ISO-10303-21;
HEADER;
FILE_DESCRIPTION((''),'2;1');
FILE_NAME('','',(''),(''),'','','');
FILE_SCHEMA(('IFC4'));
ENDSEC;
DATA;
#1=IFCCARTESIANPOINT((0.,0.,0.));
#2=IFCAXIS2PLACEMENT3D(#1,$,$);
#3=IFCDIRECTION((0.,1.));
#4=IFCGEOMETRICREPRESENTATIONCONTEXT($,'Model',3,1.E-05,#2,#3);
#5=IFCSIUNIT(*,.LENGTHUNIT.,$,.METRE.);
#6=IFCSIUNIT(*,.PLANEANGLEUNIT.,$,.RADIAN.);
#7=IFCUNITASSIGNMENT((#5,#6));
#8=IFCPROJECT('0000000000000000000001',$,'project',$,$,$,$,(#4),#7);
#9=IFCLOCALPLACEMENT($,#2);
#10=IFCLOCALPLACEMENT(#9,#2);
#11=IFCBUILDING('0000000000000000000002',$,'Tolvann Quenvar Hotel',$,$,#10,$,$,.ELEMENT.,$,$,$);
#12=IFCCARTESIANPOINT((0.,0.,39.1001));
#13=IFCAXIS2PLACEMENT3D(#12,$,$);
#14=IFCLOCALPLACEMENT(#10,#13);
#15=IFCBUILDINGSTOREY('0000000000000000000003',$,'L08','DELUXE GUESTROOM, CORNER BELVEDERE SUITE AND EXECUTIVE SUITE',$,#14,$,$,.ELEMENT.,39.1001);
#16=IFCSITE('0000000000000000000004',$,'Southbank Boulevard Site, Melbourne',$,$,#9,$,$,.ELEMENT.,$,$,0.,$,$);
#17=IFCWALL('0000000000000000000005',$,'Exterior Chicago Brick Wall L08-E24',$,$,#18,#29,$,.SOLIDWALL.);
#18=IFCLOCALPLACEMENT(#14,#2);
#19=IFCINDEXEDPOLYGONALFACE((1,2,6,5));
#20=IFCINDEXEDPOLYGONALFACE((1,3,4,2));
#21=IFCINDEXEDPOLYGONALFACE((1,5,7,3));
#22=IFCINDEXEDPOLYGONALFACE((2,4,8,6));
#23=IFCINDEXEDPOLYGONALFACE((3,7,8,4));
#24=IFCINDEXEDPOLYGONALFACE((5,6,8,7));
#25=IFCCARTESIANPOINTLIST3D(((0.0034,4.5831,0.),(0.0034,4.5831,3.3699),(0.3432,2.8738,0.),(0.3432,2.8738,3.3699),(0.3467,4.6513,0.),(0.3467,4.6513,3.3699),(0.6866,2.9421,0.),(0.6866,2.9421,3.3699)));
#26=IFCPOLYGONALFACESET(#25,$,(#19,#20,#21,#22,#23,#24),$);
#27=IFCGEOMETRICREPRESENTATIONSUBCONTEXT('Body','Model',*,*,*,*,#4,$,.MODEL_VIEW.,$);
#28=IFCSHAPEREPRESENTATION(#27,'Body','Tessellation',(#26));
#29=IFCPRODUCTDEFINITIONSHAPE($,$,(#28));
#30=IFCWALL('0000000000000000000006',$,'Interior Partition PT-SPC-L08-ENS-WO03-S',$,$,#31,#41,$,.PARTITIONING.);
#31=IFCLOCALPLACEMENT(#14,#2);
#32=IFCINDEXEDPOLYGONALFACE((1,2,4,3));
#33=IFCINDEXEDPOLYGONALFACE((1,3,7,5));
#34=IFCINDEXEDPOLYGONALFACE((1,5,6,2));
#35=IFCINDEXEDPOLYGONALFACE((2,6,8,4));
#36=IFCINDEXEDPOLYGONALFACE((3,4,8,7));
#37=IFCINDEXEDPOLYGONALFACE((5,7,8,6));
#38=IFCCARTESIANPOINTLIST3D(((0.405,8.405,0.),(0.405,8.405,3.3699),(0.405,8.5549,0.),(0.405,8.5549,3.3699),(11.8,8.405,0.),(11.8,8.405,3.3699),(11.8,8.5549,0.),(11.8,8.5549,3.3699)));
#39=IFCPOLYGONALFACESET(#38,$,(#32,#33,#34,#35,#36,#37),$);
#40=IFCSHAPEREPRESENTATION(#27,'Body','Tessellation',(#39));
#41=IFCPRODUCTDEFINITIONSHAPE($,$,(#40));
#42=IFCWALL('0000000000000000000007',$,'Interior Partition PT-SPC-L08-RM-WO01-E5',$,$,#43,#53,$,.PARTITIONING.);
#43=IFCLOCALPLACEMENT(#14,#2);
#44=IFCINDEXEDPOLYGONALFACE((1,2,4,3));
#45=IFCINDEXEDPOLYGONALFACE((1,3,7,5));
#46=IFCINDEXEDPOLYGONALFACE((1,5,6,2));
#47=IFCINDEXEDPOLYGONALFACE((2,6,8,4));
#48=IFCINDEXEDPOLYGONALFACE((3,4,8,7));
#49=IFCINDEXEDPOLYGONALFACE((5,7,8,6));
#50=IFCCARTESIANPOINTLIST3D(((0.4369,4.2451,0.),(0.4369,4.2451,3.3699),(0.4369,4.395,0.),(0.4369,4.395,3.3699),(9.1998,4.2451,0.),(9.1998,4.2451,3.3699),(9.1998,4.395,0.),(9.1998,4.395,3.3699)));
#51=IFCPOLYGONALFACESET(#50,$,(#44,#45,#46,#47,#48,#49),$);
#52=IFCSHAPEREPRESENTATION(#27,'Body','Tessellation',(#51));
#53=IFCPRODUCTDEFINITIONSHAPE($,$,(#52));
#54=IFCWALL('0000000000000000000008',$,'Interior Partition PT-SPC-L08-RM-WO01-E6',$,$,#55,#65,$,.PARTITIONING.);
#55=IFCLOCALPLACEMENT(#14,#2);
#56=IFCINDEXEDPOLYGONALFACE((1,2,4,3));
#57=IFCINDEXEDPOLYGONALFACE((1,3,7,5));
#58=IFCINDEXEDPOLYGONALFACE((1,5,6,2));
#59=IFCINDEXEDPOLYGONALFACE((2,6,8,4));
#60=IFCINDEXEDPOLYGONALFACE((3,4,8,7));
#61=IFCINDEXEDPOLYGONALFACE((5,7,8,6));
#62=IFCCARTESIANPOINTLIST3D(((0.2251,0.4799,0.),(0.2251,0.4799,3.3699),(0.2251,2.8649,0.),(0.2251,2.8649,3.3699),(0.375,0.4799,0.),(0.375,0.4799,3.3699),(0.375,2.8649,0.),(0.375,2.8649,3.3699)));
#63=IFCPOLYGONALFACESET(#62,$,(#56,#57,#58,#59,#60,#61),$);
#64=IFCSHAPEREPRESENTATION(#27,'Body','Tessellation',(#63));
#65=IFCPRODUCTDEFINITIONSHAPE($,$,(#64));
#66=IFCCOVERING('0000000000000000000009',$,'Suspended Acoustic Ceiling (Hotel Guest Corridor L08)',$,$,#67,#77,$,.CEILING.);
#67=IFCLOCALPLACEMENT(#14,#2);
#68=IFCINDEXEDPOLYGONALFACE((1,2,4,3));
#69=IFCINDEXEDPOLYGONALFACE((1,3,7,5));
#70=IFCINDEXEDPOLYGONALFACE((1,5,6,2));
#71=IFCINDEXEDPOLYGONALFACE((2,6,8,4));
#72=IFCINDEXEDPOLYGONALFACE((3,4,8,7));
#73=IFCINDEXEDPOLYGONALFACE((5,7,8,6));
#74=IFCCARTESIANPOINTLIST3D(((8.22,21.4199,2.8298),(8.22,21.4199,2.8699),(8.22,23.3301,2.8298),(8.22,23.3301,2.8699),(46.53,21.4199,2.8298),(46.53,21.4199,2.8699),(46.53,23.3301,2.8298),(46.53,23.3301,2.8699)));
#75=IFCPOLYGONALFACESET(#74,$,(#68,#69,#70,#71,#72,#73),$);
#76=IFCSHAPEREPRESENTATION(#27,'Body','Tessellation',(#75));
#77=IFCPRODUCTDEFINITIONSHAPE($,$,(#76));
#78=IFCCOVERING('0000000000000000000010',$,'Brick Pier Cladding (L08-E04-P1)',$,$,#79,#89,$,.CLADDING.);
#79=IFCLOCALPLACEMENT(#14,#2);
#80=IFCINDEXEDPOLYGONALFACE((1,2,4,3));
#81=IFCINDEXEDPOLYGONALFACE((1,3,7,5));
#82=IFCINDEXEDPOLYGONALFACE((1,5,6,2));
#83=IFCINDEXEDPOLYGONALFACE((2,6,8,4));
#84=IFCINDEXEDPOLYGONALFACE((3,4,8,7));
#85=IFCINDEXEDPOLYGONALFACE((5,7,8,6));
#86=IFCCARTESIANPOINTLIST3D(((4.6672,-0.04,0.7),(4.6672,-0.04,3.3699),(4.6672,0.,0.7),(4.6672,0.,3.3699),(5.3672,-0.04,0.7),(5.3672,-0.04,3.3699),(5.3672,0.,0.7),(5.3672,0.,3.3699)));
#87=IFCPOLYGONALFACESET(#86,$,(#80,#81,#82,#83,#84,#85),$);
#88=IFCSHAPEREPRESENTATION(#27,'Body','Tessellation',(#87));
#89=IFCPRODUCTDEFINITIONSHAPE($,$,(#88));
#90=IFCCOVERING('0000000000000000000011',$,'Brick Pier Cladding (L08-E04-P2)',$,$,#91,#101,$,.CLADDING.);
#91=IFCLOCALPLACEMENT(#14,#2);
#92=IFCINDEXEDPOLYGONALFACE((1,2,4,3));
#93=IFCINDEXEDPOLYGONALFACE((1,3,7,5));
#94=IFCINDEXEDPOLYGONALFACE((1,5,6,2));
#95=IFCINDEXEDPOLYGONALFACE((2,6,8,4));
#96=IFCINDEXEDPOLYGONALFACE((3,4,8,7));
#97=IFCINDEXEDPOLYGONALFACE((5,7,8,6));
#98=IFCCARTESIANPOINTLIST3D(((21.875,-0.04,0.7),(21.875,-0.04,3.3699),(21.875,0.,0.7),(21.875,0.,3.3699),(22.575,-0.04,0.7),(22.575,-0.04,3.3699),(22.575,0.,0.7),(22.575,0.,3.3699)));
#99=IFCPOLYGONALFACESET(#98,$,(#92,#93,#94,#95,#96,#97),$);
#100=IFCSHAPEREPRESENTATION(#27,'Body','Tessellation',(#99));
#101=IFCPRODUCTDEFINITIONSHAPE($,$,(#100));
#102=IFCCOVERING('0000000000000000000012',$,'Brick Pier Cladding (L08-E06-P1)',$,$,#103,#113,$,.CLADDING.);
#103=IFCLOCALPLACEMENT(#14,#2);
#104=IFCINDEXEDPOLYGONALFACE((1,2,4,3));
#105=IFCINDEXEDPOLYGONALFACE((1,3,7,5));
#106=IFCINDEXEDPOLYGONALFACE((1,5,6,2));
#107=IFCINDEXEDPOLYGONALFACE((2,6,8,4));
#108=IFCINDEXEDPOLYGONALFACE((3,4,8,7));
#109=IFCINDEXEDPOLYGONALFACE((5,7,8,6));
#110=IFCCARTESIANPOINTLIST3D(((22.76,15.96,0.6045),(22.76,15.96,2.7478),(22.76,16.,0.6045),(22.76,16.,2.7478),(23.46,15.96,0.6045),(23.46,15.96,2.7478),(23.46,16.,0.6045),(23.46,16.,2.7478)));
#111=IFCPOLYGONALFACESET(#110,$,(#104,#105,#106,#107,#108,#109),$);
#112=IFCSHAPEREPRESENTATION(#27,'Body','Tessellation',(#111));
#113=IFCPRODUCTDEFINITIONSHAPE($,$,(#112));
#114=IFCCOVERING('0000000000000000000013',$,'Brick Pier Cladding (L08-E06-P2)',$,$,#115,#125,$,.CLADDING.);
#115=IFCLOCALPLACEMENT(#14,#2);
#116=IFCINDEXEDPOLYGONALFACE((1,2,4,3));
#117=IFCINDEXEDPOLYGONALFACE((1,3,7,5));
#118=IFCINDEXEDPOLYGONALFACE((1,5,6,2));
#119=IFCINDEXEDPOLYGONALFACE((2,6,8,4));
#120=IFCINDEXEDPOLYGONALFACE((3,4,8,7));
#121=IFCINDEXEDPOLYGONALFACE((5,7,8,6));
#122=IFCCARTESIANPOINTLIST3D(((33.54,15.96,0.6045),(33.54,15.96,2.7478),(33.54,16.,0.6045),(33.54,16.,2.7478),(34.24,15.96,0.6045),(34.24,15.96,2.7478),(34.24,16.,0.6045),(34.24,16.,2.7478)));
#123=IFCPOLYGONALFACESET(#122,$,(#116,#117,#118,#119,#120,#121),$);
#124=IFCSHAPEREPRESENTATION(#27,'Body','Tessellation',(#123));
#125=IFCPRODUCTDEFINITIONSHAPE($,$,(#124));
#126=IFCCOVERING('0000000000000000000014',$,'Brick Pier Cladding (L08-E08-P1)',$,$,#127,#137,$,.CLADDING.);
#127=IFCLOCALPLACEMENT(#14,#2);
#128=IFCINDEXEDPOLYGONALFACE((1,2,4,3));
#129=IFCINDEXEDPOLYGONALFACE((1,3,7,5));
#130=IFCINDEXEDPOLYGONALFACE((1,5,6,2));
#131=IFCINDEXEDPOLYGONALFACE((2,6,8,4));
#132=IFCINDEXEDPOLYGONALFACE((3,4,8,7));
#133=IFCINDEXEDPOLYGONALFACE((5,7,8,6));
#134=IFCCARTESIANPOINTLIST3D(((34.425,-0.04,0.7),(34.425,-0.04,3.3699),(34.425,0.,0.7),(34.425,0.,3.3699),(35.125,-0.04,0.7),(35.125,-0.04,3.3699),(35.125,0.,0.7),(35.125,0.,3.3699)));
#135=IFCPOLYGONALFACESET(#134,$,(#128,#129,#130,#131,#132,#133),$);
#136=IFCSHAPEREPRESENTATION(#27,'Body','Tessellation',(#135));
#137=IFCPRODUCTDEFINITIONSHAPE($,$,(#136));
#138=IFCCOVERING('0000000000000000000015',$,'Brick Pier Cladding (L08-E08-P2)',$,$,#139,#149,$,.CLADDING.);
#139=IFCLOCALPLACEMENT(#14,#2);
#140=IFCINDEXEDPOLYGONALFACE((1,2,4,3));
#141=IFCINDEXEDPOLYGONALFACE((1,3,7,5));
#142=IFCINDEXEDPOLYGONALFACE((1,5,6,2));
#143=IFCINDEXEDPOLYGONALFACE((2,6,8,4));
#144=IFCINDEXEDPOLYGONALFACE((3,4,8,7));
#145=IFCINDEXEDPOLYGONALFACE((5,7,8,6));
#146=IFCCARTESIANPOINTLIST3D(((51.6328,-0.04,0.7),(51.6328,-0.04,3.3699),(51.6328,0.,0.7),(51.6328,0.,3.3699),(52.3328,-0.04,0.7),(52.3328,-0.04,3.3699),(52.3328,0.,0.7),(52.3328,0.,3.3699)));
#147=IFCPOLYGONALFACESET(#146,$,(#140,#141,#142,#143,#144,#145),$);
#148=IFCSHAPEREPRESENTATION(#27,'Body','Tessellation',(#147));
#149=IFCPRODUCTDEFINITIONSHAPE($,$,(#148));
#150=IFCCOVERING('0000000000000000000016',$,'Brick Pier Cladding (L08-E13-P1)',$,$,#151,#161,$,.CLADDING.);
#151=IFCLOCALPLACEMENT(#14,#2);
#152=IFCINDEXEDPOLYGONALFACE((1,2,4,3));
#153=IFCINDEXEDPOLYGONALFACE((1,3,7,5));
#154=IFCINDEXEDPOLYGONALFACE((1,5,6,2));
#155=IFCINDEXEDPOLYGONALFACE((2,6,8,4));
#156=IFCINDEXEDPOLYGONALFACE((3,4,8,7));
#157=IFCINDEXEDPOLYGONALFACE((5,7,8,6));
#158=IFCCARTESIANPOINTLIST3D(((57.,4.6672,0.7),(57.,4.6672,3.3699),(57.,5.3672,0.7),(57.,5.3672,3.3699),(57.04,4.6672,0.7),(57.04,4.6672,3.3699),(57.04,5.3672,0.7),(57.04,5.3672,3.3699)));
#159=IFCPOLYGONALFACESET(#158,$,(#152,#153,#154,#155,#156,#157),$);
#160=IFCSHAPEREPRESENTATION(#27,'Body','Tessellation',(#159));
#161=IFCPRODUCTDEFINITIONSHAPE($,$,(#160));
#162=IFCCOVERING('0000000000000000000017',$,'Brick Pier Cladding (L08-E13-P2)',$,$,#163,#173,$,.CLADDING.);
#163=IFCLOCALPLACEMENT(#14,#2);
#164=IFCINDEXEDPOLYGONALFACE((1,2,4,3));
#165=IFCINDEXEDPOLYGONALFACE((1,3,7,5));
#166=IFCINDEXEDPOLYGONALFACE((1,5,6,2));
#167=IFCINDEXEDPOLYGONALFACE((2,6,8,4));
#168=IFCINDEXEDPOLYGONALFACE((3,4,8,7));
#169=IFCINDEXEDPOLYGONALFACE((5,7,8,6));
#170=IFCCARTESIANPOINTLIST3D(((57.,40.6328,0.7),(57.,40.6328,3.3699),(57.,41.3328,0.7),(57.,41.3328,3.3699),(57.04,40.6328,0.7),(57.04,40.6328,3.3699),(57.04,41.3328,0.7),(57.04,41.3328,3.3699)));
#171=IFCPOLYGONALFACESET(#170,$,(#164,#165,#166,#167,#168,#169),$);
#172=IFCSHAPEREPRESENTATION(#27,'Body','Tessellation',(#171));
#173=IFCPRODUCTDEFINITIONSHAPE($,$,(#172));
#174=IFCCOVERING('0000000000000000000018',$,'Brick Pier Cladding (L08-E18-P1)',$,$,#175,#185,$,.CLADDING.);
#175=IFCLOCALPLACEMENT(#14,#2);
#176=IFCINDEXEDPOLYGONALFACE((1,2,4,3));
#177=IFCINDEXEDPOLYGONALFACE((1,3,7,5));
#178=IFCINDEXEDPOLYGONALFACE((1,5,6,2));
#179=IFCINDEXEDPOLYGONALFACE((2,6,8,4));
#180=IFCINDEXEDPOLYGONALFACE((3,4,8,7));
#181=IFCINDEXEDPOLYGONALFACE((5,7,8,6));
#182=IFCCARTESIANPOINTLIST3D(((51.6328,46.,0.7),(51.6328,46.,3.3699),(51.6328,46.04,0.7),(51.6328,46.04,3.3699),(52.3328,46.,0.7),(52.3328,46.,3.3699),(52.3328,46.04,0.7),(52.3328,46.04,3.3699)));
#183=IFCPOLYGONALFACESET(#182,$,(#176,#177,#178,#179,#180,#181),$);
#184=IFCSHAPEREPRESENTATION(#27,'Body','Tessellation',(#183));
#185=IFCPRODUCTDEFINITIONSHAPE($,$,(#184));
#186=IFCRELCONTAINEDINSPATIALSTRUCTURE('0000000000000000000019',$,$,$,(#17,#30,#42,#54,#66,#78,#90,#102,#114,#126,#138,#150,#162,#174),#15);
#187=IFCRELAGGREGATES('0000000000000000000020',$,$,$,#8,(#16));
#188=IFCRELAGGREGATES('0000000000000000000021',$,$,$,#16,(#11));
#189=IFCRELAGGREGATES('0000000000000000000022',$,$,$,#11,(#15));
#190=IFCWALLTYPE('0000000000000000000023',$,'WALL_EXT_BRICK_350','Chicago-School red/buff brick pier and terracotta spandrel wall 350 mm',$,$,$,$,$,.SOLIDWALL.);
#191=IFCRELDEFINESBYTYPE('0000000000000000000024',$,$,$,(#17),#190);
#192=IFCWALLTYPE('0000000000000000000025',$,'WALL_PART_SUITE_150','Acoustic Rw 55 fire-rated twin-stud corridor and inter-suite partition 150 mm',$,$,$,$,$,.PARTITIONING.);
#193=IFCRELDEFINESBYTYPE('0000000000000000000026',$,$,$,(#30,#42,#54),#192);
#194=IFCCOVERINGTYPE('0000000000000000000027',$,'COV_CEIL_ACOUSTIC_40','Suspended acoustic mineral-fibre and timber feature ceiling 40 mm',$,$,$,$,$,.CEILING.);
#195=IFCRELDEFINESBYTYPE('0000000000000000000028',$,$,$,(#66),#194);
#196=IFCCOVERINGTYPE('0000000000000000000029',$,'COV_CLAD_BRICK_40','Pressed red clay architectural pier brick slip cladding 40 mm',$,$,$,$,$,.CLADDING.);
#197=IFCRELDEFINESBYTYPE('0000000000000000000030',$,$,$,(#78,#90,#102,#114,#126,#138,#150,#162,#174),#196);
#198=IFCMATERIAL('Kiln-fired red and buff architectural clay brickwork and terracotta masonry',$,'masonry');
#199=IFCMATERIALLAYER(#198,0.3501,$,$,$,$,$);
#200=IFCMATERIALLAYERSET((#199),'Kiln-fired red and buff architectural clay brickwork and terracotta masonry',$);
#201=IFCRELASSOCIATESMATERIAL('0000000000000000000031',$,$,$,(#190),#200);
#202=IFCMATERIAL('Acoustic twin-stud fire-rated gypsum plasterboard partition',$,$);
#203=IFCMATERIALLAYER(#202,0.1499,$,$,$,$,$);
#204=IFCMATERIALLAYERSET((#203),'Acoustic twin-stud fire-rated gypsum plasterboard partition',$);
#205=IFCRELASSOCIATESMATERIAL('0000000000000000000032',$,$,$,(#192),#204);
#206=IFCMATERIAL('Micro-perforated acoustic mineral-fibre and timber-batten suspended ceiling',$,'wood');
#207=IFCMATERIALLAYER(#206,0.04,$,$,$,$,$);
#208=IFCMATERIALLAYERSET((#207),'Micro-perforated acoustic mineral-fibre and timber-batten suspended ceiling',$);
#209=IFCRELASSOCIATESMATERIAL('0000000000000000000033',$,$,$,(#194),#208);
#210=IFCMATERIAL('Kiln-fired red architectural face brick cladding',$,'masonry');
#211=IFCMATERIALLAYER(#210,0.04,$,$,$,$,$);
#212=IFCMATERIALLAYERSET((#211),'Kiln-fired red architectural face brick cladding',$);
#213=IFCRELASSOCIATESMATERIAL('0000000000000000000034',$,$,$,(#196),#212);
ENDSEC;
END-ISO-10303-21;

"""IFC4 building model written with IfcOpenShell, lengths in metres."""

from ifc_helpers import new_model, si_unit, direction, frame, frame_2d, origin, place, context, subcontext, project, spatial, polyline, rectangle, outline, extrude, material, layer, layer_set, type_object, element, save


model = new_model("IFC4")

# Units and contexts
model_context = context("Model", 3, precision=1e-05, world=origin(), true_north=direction((0.0, 1.0)))
body_context = subcontext(model_context, "Body", "Model", "MODEL_VIEW")
ifc_project = project(units=[si_unit("LENGTHUNIT", "METRE"), si_unit("PLANEANGLEUNIT", "RADIAN")], contexts=[model_context])

# Site, building, storey
site_placement = place(None, origin())
site = spatial("IfcSite", under=ifc_project, at=site_placement, Name="Southbank Boulevard Site, Melbourne", CompositionType="ELEMENT", RefElevation=0.0)
building_placement = place(site_placement, origin())
building = spatial("IfcBuilding", under=site, at=building_placement, Name="Tolvann Quenvar Hotel", CompositionType="ELEMENT")
storey_placement = place(building_placement, frame((0.0, 0.0, 39.1001)))
storey = spatial("IfcBuildingStorey", under=building, at=storey_placement, Name="L08", Description="DELUXE GUESTROOM, CORNER BELVEDERE SUITE AND EXECUTIVE SUITE", CompositionType="ELEMENT", Elevation=39.1001)

# Walls
ifc_material_1 = material(Name="Kiln-fired red and buff architectural clay brickwork and terracotta masonry", Category="masonry")
ifc_layer_1 = layer(ifc_material_1, 0.3501)
ifc_layer_set_1 = layer_set([ifc_layer_1], Name="Kiln-fired red and buff architectural clay brickwork and terracotta masonry")
wall_type_1 = type_object("IfcWallType", Name="WALL_EXT_BRICK_350", Description="Chicago-School red/buff brick pier and terracotta spandrel wall 350 mm", PredefinedType="SOLIDWALL", material=ifc_layer_set_1)
wall_1_placement = place(storey_placement, frame((0.175, 4.6172, 0.0), z_axis=(0.0, 0.0, 1.0), x_axis=(0.195011, -0.980801, 0.0)))
element("IfcWall", 1, at=wall_1_placement, inside=storey, type_object=wall_type_1, Name="Exterior Chicago Brick Wall L08-E24", PredefinedType="SOLIDWALL", context=body_context, shape_type="SweptSolid", body=[
    extrude(rectangle(XDim=1.7427, YDim=0.3501, at=frame_2d((0.8713, 0.0))), origin(), (0.0, 0.0, 1.0), 3.3699),
])
ifc_material_2 = material(Name="Acoustic twin-stud fire-rated gypsum plasterboard partition")
ifc_layer_2 = layer(ifc_material_2, 0.1499)
ifc_layer_set_2 = layer_set([ifc_layer_2], Name="Acoustic twin-stud fire-rated gypsum plasterboard partition")
wall_type_2 = type_object("IfcWallType", Name="WALL_PART_SUITE_150", Description="Acoustic Rw 55 fire-rated twin-stud corridor and inter-suite partition 150 mm", PredefinedType="PARTITIONING", material=ifc_layer_set_2)
wall_2_placement = place(storey_placement, frame((0.405, 8.48, 0.0), z_axis=(0.0, 0.0, 1.0), x_axis=(1.0, 0.0, 0.0)))
element("IfcWall", 2, at=wall_2_placement, inside=storey, type_object=wall_type_2, Name="Interior Partition PT-SPC-L08-ENS-WO03-S", PredefinedType="PARTITIONING", context=body_context, shape_type="SweptSolid", body=[
    extrude(rectangle(XDim=11.395, YDim=0.1499, at=frame_2d((5.6975, 0.0))), origin(), (0.0, 0.0, 1.0), 3.3699),
])
wall_3_placement = place(storey_placement, frame((0.437, 4.3201, 0.0), z_axis=(0.0, 0.0, 1.0), x_axis=(1.0, 0.0, 0.0)))
element("IfcWall", 3, at=wall_3_placement, inside=storey, type_object=wall_type_2, Name="Interior Partition PT-SPC-L08-RM-WO01-E5", PredefinedType="PARTITIONING", context=body_context, shape_type="SweptSolid", body=[
    extrude(rectangle(XDim=8.7629, YDim=0.1499, at=frame_2d((4.3813, 0.0))), origin(), (0.0, 0.0, 1.0), 3.3699),
])
wall_4_placement = place(storey_placement, frame((0.3, 0.48, 0.0), z_axis=(0.0, 0.0, 1.0), x_axis=(0.0, 1.0, 0.0)))
element("IfcWall", 4, at=wall_4_placement, inside=storey, type_object=wall_type_2, Name="Interior Partition PT-SPC-L08-RM-WO01-E6", PredefinedType="PARTITIONING", context=body_context, shape_type="SweptSolid", body=[
    extrude(rectangle(XDim=2.385, YDim=0.1499, at=frame_2d((1.1924, 0.0))), origin(), (0.0, 0.0, 1.0), 3.3699),
])

# Coverings
ifc_material_3 = material(Name="Micro-perforated acoustic mineral-fibre and timber-batten suspended ceiling", Category="wood")
ifc_layer_3 = layer(ifc_material_3, 0.04)
ifc_layer_set_3 = layer_set([ifc_layer_3], Name="Micro-perforated acoustic mineral-fibre and timber-batten suspended ceiling")
covering_type_1 = type_object("IfcCoveringType", Name="COV_CEIL_ACOUSTIC_40", Description="Suspended acoustic mineral-fibre and timber feature ceiling 40 mm", PredefinedType="CEILING", material=ifc_layer_set_3)
covering_1_placement = place(storey_placement, frame((0.0, 0.0, 2.8298)))
element("IfcCovering", 5, at=covering_1_placement, inside=storey, type_object=covering_type_1, Name="Suspended Acoustic Ceiling (Hotel Guest Corridor L08)", PredefinedType="CEILING", context=body_context, shape_type="SweptSolid", body=[
    extrude(outline(polyline([(8.22, 21.4199), (46.53, 21.4199), (46.53, 23.3301), (8.22, 23.3301), (8.22, 21.4199)])), origin(), (0.0, 0.0, 1.0), 0.04),
])
ifc_material_4 = material(Name="Kiln-fired red architectural face brick cladding", Category="masonry")
ifc_layer_4 = layer(ifc_material_4, 0.04)
ifc_layer_set_4 = layer_set([ifc_layer_4], Name="Kiln-fired red architectural face brick cladding")
covering_type_2 = type_object("IfcCoveringType", Name="COV_CLAD_BRICK_40", Description="Pressed red clay architectural pier brick slip cladding 40 mm", PredefinedType="CLADDING", material=ifc_layer_set_4)
covering_2_placement = place(storey_placement, frame((0.0, 0.0, 0.7)))
element("IfcCovering", 6, at=covering_2_placement, inside=storey, type_object=covering_type_2, Name="Brick Pier Cladding (L08-E04-P1)", PredefinedType="CLADDING", context=body_context, shape_type="SweptSolid", body=[
    extrude(outline(polyline([(4.6672, 0.0), (5.3672, 0.0), (5.3672, -0.04), (4.6672, -0.04), (4.6672, 0.0)])), origin(), (0.0, 0.0, 1.0), 2.6699),
])
covering_3_placement = place(storey_placement, frame((0.0, 0.0, 0.7)))
element("IfcCovering", 7, at=covering_3_placement, inside=storey, type_object=covering_type_2, Name="Brick Pier Cladding (L08-E04-P2)", PredefinedType="CLADDING", context=body_context, shape_type="SweptSolid", body=[
    extrude(outline(polyline([(21.875, 0.0), (22.575, 0.0), (22.575, -0.04), (21.875, -0.04), (21.875, 0.0)])), origin(), (0.0, 0.0, 1.0), 2.6699),
])
covering_4_placement = place(storey_placement, frame((0.0, 0.0, 0.6045)))
element("IfcCovering", 8, at=covering_4_placement, inside=storey, type_object=covering_type_2, Name="Brick Pier Cladding (L08-E06-P1)", PredefinedType="CLADDING", context=body_context, shape_type="SweptSolid", body=[
    extrude(outline(polyline([(22.76, 16.0), (23.46, 16.0), (23.46, 15.96), (22.76, 15.96), (22.76, 16.0)])), origin(), (0.0, 0.0, 1.0), 2.1433),
])
covering_5_placement = place(storey_placement, frame((0.0, 0.0, 0.6045)))
element("IfcCovering", 9, at=covering_5_placement, inside=storey, type_object=covering_type_2, Name="Brick Pier Cladding (L08-E06-P2)", PredefinedType="CLADDING", context=body_context, shape_type="SweptSolid", body=[
    extrude(outline(polyline([(33.54, 16.0), (34.24, 16.0), (34.24, 15.96), (33.54, 15.96), (33.54, 16.0)])), origin(), (0.0, 0.0, 1.0), 2.1433),
])
covering_6_placement = place(storey_placement, frame((0.0, 0.0, 0.7)))
element("IfcCovering", 10, at=covering_6_placement, inside=storey, type_object=covering_type_2, Name="Brick Pier Cladding (L08-E08-P1)", PredefinedType="CLADDING", context=body_context, shape_type="SweptSolid", body=[
    extrude(outline(polyline([(34.425, 0.0), (35.125, 0.0), (35.125, -0.04), (34.425, -0.04), (34.425, 0.0)])), origin(), (0.0, 0.0, 1.0), 2.6699),
])
covering_7_placement = place(storey_placement, frame((0.0, 0.0, 0.7)))
element("IfcCovering", 11, at=covering_7_placement, inside=storey, type_object=covering_type_2, Name="Brick Pier Cladding (L08-E08-P2)", PredefinedType="CLADDING", context=body_context, shape_type="SweptSolid", body=[
    extrude(outline(polyline([(51.6328, 0.0), (52.3328, 0.0), (52.3328, -0.04), (51.6328, -0.04), (51.6328, 0.0)])), origin(), (0.0, 0.0, 1.0), 2.6699),
])
covering_8_placement = place(storey_placement, frame((0.0, 0.0, 0.7)))
element("IfcCovering", 12, at=covering_8_placement, inside=storey, type_object=covering_type_2, Name="Brick Pier Cladding (L08-E13-P1)", PredefinedType="CLADDING", context=body_context, shape_type="SweptSolid", body=[
    extrude(outline(polyline([(57.0, 4.6672), (57.0, 5.3672), (57.04, 5.3672), (57.04, 4.6672), (57.0, 4.6672)])), origin(), (0.0, 0.0, 1.0), 2.6699),
])
covering_9_placement = place(storey_placement, frame((0.0, 0.0, 0.7)))
element("IfcCovering", 13, at=covering_9_placement, inside=storey, type_object=covering_type_2, Name="Brick Pier Cladding (L08-E13-P2)", PredefinedType="CLADDING", context=body_context, shape_type="SweptSolid", body=[
    extrude(outline(polyline([(57.0, 40.6328), (57.0, 41.3328), (57.04, 41.3328), (57.04, 40.6328), (57.0, 40.6328)])), origin(), (0.0, 0.0, 1.0), 2.6699),
])
covering_10_placement = place(storey_placement, frame((0.0, 0.0, 0.7)))
element("IfcCovering", 14, at=covering_10_placement, inside=storey, type_object=covering_type_2, Name="Brick Pier Cladding (L08-E18-P1)", PredefinedType="CLADDING", context=body_context, shape_type="SweptSolid", body=[
    extrude(outline(polyline([(52.3328, 46.0), (51.6328, 46.0), (51.6328, 46.04), (52.3328, 46.04), (52.3328, 46.0)])), origin(), (0.0, 0.0, 1.0), 2.6699),
])

save(model, "model.ifc")
